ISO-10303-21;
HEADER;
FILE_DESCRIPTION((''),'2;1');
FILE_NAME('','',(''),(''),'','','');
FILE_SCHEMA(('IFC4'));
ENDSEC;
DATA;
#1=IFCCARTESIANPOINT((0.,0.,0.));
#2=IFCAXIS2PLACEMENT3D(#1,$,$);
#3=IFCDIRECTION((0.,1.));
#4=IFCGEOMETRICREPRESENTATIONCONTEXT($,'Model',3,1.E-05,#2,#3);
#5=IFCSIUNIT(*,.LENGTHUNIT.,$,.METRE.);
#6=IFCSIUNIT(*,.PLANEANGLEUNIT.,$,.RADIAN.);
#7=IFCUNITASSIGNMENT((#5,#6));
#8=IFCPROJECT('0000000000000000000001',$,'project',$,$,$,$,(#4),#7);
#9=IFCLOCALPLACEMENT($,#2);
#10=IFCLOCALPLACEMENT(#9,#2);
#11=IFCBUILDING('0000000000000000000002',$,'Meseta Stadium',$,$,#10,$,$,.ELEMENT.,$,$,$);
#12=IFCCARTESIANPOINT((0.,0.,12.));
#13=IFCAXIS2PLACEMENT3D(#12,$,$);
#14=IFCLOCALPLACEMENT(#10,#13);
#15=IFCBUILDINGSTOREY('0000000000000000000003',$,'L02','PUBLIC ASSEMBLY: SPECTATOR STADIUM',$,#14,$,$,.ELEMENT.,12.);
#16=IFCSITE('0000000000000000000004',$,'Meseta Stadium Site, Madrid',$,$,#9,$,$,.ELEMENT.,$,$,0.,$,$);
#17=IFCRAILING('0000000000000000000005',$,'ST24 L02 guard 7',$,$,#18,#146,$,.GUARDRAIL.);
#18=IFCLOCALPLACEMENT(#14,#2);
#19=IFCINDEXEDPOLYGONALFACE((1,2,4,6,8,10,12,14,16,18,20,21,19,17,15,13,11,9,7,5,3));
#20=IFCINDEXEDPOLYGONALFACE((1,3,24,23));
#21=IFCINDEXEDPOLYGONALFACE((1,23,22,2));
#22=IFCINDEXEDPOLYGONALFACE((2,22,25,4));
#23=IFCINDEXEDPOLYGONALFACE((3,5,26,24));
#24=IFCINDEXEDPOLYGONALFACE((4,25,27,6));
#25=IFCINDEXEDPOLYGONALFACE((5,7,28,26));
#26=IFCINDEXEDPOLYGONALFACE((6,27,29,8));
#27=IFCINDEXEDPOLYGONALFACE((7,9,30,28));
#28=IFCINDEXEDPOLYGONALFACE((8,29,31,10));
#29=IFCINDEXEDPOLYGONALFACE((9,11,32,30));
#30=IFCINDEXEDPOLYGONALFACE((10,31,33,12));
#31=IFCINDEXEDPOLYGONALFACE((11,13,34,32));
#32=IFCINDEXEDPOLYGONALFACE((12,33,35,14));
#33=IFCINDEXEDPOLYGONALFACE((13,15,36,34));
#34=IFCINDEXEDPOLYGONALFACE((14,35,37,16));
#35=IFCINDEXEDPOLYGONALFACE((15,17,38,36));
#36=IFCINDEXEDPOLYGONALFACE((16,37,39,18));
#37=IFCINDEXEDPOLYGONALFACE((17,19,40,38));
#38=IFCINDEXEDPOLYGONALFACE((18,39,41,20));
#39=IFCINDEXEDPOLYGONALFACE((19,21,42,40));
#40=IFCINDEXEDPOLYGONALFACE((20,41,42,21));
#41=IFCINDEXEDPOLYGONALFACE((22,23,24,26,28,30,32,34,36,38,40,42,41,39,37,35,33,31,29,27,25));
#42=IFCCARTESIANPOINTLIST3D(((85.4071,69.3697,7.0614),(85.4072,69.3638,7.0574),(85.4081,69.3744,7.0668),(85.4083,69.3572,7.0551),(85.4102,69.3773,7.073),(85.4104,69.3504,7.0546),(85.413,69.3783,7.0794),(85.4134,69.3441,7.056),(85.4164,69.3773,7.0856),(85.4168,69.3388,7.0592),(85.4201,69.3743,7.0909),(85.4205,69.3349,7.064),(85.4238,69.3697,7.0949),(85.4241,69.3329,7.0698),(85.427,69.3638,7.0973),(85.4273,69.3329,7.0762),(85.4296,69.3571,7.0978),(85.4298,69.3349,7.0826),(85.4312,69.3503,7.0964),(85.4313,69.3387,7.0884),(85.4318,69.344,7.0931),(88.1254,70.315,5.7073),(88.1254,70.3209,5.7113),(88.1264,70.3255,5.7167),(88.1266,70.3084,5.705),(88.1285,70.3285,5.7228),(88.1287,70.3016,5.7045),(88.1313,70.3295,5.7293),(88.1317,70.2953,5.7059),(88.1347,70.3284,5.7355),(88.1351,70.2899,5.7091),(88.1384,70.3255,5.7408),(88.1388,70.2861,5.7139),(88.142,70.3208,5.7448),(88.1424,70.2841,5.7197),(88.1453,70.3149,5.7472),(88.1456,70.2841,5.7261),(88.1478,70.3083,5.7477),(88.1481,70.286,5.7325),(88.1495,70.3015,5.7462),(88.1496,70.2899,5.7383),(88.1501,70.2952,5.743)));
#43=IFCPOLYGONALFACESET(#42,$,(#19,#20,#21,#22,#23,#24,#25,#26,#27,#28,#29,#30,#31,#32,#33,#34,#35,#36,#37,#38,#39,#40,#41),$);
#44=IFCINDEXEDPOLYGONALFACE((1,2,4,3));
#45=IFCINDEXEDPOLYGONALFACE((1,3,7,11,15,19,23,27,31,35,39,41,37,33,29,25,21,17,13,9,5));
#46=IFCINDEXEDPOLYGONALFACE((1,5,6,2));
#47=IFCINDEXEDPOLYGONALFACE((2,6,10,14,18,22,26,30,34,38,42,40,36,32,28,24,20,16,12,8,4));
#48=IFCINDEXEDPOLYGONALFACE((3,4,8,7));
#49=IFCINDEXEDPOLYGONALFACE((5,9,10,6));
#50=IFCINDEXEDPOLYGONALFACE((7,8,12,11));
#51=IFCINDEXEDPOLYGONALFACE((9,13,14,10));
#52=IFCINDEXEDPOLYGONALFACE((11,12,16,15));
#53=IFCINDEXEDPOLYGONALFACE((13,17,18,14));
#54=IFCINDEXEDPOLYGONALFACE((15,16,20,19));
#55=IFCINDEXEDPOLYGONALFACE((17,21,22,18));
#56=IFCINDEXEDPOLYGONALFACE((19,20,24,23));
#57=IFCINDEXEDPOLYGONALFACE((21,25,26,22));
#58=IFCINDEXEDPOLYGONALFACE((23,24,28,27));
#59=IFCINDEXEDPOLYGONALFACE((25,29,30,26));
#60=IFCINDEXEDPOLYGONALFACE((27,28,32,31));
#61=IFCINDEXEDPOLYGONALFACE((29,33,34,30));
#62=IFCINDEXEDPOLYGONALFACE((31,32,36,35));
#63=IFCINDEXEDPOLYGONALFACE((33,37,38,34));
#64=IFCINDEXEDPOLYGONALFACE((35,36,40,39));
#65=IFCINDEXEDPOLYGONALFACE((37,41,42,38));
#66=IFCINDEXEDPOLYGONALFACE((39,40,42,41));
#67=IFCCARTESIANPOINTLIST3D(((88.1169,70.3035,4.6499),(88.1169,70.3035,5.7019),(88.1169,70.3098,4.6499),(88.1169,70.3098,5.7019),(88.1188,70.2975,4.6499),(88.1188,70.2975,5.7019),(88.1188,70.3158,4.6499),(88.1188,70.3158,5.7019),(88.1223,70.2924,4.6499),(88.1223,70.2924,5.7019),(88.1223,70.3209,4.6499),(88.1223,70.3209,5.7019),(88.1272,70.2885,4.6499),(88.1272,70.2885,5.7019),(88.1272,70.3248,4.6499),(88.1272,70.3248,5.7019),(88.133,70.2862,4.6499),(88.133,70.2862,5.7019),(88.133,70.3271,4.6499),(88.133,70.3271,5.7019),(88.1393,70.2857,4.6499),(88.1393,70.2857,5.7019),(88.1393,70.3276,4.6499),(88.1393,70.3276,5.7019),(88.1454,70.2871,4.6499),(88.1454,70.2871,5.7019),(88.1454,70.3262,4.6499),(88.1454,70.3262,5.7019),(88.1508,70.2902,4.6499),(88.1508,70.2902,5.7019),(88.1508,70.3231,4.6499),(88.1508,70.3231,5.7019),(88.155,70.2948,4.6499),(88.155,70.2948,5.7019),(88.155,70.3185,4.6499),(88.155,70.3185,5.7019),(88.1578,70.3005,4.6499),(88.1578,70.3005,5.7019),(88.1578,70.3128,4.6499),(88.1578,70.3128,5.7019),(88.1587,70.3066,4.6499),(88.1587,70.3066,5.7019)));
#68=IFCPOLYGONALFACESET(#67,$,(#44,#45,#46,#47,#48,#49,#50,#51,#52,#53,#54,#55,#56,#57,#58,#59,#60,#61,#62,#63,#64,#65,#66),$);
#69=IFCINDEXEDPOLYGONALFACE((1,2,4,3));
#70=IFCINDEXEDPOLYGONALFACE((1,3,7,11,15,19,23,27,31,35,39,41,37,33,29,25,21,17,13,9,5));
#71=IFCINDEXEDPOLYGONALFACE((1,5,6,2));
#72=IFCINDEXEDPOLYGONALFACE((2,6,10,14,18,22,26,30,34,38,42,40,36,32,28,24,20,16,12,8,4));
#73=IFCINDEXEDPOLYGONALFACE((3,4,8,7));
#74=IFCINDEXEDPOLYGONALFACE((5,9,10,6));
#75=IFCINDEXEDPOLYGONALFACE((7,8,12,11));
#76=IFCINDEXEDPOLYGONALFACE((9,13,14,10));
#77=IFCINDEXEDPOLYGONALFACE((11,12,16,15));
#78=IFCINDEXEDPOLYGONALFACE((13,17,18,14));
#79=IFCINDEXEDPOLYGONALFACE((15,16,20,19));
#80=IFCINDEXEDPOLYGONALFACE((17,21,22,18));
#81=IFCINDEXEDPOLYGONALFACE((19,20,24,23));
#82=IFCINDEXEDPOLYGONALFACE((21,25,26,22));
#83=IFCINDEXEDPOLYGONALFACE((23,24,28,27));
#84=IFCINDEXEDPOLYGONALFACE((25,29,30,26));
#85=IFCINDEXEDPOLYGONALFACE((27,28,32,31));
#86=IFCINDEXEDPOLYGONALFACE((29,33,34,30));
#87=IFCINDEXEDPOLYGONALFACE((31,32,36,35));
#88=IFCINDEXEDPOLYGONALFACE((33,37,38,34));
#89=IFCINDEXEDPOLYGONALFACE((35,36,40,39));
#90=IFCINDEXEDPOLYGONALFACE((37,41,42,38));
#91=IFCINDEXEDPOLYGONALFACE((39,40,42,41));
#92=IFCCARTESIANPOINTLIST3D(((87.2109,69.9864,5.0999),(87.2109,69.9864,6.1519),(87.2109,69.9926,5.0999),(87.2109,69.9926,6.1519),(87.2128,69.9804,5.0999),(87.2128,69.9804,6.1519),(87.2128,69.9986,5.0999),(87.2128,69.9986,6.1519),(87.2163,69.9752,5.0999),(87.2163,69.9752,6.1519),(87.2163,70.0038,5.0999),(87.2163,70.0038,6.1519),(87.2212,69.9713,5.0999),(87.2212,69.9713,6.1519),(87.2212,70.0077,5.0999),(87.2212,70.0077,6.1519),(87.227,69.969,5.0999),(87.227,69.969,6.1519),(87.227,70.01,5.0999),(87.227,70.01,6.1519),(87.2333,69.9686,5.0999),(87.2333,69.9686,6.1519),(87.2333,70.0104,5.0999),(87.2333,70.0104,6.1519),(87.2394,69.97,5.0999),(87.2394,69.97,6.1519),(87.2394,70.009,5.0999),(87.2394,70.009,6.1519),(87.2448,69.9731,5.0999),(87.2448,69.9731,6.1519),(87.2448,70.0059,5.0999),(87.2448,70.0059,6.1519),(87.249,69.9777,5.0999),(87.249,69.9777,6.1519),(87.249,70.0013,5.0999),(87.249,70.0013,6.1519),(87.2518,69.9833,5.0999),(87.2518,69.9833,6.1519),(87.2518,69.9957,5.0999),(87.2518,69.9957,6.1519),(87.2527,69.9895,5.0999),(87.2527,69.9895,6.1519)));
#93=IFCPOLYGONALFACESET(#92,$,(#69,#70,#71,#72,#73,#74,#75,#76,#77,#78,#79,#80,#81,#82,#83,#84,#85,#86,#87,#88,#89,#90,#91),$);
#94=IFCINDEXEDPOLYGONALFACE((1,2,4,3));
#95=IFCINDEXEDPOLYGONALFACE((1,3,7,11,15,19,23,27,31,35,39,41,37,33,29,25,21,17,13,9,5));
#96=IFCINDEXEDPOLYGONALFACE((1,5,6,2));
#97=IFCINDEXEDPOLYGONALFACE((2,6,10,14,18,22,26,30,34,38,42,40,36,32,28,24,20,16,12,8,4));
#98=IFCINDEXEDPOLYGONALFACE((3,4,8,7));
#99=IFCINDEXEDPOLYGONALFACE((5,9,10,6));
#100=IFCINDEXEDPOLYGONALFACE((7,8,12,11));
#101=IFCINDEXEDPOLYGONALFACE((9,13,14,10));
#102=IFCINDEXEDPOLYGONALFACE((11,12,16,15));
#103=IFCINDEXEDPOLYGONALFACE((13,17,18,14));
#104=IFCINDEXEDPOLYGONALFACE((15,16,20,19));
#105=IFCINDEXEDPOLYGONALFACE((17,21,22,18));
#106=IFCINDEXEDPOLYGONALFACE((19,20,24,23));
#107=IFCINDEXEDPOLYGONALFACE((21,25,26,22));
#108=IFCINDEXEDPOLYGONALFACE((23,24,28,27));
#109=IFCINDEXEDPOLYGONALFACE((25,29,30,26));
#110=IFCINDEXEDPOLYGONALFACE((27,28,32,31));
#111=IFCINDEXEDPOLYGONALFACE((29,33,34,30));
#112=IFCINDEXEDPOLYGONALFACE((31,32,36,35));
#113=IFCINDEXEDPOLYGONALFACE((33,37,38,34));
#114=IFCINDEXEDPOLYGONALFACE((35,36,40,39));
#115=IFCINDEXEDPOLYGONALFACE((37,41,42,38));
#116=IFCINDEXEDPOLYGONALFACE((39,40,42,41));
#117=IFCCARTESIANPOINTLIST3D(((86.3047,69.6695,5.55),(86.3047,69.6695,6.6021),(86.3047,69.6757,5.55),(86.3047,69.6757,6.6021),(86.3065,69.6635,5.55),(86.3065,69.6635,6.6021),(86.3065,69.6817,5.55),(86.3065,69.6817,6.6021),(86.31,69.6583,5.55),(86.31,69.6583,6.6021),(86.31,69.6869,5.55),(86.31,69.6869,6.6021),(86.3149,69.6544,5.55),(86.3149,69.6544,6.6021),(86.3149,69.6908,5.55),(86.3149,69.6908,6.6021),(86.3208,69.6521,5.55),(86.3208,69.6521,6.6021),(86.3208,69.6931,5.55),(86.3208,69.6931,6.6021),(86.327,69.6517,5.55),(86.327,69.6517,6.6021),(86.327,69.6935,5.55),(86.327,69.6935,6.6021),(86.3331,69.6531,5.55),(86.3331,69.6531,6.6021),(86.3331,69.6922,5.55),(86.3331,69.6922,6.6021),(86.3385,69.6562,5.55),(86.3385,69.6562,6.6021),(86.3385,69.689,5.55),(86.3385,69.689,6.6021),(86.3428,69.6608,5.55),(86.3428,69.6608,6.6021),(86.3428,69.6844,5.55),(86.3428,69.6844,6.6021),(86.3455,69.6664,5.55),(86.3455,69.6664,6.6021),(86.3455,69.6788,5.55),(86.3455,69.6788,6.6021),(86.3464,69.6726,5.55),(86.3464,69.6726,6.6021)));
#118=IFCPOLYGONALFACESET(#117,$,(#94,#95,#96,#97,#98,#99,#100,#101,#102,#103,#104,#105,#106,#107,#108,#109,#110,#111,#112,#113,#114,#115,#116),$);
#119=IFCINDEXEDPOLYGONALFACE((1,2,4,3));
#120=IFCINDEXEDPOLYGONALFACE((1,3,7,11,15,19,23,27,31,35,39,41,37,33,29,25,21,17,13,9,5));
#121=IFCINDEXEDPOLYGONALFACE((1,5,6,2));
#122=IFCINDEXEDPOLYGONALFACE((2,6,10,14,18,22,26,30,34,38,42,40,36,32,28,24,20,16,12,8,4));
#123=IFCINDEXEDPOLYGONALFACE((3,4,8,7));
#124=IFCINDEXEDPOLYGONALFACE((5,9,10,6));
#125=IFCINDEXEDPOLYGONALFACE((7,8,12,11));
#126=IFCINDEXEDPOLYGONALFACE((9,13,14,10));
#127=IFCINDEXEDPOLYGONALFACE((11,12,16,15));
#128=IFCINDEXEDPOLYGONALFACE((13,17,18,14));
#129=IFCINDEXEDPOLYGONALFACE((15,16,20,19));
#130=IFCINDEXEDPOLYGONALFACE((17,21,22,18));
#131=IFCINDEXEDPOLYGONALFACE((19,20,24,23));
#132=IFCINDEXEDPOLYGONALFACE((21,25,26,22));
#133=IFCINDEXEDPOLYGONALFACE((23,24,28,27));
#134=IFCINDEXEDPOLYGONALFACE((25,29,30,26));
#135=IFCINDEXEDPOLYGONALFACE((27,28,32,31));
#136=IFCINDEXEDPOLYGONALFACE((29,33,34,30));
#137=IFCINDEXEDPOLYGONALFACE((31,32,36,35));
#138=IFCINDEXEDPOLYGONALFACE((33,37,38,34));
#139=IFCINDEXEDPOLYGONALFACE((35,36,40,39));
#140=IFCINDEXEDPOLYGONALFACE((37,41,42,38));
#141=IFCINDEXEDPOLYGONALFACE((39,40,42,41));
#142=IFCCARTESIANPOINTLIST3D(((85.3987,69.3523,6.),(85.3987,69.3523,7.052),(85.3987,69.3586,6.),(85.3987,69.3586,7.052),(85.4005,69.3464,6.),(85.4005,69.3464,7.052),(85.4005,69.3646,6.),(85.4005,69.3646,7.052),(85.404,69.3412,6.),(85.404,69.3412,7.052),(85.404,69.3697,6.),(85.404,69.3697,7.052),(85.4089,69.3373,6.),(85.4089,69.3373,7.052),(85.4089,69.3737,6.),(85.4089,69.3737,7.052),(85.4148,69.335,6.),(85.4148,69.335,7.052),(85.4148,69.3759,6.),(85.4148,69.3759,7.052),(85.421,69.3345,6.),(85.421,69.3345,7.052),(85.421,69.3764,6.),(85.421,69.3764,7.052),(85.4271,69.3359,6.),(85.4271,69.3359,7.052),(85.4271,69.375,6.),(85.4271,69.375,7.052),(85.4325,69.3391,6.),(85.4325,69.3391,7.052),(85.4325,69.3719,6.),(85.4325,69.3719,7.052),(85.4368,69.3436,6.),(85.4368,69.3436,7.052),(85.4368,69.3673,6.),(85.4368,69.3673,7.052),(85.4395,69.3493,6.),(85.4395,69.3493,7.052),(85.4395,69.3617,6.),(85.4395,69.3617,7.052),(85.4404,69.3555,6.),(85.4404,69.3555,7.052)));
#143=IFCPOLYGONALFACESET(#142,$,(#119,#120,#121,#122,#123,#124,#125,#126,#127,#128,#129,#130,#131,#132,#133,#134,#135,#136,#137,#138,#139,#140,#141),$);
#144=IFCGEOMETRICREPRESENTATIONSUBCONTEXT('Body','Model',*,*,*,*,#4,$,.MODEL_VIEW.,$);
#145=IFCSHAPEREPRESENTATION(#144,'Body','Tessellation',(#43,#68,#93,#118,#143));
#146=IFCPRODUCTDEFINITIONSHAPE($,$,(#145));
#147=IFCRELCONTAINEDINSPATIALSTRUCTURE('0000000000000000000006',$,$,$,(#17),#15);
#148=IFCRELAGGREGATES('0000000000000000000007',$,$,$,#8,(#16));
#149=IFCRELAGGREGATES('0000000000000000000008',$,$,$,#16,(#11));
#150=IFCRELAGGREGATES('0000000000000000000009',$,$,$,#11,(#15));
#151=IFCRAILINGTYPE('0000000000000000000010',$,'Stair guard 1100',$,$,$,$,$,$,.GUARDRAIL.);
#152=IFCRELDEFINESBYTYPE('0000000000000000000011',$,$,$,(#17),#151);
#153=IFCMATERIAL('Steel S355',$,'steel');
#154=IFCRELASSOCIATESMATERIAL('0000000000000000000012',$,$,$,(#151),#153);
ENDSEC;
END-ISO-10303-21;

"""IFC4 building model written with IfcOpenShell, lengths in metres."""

from ifc_helpers import new_model, si_unit, direction, frame, origin, origin_2d, place, context, subcontext, project, spatial, circle, extrude, material, type_object, element, save


model = new_model("IFC4")

# Units and contexts
model_context = context("Model", 3, precision=1e-05, world=origin(), true_north=direction((0.0, 1.0)))
body_context = subcontext(model_context, "Body", "Model", "MODEL_VIEW")
ifc_project = project(units=[si_unit("LENGTHUNIT", "METRE"), si_unit("PLANEANGLEUNIT", "RADIAN")], contexts=[model_context])

# Site, building, storey
site_placement = place(None, origin())
site = spatial("IfcSite", under=ifc_project, at=site_placement, Name="Meseta Stadium Site, Madrid", CompositionType="ELEMENT", RefElevation=0.0)
building_placement = place(site_placement, origin())
building = spatial("IfcBuilding", under=site, at=building_placement, Name="Meseta Stadium", CompositionType="ELEMENT")
storey_placement = place(building_placement, frame((0.0, 0.0, 12.0)))
storey = spatial("IfcBuildingStorey", under=building, at=storey_placement, Name="L02", Description="PUBLIC ASSEMBLY: SPECTATOR STADIUM", CompositionType="ELEMENT", Elevation=12.0)

# Railing
ifc_material_1 = material(Name="Steel S355", Category="steel")
railing_type_1 = type_object("IfcRailingType", Name="Stair guard 1100", PredefinedType="GUARDRAIL", material=ifc_material_1)
railing_1_placement = place(storey_placement, frame((88.1377, 70.3066, 4.6499)))
element("IfcRailing", 1, at=railing_1_placement, inside=storey, type_object=railing_type_1, Name="ST24 L02 guard 7", PredefinedType="GUARDRAIL", context=body_context, shape_type="SweptSolid", body=[
    extrude(circle(Radius=0.0239, at=origin_2d()), frame((0.0, 0.0, 1.0762), z_axis=(-0.854629, -0.299051, 0.424474), x_axis=(0.330282, -0.943882, 0.0)), (0.0, 0.0, 1.0), 3.1807),
    extrude(circle(Radius=0.021, at=origin_2d()), origin(), (0.0, 0.0, 1.0), 1.052),
    extrude(circle(Radius=0.021, at=origin_2d()), frame((-0.906, -0.3171, 0.45)), (0.0, 0.0, 1.0), 1.052),
    extrude(circle(Radius=0.021, at=origin_2d()), frame((-1.8123, -0.634, 0.9001)), (0.0, 0.0, 1.0), 1.052),
    extrude(circle(Radius=0.021, at=origin_2d()), frame((-2.7183, -0.9512, 1.3501)), (0.0, 0.0, 1.0), 1.052),
])

save(model, "model.ifc")
